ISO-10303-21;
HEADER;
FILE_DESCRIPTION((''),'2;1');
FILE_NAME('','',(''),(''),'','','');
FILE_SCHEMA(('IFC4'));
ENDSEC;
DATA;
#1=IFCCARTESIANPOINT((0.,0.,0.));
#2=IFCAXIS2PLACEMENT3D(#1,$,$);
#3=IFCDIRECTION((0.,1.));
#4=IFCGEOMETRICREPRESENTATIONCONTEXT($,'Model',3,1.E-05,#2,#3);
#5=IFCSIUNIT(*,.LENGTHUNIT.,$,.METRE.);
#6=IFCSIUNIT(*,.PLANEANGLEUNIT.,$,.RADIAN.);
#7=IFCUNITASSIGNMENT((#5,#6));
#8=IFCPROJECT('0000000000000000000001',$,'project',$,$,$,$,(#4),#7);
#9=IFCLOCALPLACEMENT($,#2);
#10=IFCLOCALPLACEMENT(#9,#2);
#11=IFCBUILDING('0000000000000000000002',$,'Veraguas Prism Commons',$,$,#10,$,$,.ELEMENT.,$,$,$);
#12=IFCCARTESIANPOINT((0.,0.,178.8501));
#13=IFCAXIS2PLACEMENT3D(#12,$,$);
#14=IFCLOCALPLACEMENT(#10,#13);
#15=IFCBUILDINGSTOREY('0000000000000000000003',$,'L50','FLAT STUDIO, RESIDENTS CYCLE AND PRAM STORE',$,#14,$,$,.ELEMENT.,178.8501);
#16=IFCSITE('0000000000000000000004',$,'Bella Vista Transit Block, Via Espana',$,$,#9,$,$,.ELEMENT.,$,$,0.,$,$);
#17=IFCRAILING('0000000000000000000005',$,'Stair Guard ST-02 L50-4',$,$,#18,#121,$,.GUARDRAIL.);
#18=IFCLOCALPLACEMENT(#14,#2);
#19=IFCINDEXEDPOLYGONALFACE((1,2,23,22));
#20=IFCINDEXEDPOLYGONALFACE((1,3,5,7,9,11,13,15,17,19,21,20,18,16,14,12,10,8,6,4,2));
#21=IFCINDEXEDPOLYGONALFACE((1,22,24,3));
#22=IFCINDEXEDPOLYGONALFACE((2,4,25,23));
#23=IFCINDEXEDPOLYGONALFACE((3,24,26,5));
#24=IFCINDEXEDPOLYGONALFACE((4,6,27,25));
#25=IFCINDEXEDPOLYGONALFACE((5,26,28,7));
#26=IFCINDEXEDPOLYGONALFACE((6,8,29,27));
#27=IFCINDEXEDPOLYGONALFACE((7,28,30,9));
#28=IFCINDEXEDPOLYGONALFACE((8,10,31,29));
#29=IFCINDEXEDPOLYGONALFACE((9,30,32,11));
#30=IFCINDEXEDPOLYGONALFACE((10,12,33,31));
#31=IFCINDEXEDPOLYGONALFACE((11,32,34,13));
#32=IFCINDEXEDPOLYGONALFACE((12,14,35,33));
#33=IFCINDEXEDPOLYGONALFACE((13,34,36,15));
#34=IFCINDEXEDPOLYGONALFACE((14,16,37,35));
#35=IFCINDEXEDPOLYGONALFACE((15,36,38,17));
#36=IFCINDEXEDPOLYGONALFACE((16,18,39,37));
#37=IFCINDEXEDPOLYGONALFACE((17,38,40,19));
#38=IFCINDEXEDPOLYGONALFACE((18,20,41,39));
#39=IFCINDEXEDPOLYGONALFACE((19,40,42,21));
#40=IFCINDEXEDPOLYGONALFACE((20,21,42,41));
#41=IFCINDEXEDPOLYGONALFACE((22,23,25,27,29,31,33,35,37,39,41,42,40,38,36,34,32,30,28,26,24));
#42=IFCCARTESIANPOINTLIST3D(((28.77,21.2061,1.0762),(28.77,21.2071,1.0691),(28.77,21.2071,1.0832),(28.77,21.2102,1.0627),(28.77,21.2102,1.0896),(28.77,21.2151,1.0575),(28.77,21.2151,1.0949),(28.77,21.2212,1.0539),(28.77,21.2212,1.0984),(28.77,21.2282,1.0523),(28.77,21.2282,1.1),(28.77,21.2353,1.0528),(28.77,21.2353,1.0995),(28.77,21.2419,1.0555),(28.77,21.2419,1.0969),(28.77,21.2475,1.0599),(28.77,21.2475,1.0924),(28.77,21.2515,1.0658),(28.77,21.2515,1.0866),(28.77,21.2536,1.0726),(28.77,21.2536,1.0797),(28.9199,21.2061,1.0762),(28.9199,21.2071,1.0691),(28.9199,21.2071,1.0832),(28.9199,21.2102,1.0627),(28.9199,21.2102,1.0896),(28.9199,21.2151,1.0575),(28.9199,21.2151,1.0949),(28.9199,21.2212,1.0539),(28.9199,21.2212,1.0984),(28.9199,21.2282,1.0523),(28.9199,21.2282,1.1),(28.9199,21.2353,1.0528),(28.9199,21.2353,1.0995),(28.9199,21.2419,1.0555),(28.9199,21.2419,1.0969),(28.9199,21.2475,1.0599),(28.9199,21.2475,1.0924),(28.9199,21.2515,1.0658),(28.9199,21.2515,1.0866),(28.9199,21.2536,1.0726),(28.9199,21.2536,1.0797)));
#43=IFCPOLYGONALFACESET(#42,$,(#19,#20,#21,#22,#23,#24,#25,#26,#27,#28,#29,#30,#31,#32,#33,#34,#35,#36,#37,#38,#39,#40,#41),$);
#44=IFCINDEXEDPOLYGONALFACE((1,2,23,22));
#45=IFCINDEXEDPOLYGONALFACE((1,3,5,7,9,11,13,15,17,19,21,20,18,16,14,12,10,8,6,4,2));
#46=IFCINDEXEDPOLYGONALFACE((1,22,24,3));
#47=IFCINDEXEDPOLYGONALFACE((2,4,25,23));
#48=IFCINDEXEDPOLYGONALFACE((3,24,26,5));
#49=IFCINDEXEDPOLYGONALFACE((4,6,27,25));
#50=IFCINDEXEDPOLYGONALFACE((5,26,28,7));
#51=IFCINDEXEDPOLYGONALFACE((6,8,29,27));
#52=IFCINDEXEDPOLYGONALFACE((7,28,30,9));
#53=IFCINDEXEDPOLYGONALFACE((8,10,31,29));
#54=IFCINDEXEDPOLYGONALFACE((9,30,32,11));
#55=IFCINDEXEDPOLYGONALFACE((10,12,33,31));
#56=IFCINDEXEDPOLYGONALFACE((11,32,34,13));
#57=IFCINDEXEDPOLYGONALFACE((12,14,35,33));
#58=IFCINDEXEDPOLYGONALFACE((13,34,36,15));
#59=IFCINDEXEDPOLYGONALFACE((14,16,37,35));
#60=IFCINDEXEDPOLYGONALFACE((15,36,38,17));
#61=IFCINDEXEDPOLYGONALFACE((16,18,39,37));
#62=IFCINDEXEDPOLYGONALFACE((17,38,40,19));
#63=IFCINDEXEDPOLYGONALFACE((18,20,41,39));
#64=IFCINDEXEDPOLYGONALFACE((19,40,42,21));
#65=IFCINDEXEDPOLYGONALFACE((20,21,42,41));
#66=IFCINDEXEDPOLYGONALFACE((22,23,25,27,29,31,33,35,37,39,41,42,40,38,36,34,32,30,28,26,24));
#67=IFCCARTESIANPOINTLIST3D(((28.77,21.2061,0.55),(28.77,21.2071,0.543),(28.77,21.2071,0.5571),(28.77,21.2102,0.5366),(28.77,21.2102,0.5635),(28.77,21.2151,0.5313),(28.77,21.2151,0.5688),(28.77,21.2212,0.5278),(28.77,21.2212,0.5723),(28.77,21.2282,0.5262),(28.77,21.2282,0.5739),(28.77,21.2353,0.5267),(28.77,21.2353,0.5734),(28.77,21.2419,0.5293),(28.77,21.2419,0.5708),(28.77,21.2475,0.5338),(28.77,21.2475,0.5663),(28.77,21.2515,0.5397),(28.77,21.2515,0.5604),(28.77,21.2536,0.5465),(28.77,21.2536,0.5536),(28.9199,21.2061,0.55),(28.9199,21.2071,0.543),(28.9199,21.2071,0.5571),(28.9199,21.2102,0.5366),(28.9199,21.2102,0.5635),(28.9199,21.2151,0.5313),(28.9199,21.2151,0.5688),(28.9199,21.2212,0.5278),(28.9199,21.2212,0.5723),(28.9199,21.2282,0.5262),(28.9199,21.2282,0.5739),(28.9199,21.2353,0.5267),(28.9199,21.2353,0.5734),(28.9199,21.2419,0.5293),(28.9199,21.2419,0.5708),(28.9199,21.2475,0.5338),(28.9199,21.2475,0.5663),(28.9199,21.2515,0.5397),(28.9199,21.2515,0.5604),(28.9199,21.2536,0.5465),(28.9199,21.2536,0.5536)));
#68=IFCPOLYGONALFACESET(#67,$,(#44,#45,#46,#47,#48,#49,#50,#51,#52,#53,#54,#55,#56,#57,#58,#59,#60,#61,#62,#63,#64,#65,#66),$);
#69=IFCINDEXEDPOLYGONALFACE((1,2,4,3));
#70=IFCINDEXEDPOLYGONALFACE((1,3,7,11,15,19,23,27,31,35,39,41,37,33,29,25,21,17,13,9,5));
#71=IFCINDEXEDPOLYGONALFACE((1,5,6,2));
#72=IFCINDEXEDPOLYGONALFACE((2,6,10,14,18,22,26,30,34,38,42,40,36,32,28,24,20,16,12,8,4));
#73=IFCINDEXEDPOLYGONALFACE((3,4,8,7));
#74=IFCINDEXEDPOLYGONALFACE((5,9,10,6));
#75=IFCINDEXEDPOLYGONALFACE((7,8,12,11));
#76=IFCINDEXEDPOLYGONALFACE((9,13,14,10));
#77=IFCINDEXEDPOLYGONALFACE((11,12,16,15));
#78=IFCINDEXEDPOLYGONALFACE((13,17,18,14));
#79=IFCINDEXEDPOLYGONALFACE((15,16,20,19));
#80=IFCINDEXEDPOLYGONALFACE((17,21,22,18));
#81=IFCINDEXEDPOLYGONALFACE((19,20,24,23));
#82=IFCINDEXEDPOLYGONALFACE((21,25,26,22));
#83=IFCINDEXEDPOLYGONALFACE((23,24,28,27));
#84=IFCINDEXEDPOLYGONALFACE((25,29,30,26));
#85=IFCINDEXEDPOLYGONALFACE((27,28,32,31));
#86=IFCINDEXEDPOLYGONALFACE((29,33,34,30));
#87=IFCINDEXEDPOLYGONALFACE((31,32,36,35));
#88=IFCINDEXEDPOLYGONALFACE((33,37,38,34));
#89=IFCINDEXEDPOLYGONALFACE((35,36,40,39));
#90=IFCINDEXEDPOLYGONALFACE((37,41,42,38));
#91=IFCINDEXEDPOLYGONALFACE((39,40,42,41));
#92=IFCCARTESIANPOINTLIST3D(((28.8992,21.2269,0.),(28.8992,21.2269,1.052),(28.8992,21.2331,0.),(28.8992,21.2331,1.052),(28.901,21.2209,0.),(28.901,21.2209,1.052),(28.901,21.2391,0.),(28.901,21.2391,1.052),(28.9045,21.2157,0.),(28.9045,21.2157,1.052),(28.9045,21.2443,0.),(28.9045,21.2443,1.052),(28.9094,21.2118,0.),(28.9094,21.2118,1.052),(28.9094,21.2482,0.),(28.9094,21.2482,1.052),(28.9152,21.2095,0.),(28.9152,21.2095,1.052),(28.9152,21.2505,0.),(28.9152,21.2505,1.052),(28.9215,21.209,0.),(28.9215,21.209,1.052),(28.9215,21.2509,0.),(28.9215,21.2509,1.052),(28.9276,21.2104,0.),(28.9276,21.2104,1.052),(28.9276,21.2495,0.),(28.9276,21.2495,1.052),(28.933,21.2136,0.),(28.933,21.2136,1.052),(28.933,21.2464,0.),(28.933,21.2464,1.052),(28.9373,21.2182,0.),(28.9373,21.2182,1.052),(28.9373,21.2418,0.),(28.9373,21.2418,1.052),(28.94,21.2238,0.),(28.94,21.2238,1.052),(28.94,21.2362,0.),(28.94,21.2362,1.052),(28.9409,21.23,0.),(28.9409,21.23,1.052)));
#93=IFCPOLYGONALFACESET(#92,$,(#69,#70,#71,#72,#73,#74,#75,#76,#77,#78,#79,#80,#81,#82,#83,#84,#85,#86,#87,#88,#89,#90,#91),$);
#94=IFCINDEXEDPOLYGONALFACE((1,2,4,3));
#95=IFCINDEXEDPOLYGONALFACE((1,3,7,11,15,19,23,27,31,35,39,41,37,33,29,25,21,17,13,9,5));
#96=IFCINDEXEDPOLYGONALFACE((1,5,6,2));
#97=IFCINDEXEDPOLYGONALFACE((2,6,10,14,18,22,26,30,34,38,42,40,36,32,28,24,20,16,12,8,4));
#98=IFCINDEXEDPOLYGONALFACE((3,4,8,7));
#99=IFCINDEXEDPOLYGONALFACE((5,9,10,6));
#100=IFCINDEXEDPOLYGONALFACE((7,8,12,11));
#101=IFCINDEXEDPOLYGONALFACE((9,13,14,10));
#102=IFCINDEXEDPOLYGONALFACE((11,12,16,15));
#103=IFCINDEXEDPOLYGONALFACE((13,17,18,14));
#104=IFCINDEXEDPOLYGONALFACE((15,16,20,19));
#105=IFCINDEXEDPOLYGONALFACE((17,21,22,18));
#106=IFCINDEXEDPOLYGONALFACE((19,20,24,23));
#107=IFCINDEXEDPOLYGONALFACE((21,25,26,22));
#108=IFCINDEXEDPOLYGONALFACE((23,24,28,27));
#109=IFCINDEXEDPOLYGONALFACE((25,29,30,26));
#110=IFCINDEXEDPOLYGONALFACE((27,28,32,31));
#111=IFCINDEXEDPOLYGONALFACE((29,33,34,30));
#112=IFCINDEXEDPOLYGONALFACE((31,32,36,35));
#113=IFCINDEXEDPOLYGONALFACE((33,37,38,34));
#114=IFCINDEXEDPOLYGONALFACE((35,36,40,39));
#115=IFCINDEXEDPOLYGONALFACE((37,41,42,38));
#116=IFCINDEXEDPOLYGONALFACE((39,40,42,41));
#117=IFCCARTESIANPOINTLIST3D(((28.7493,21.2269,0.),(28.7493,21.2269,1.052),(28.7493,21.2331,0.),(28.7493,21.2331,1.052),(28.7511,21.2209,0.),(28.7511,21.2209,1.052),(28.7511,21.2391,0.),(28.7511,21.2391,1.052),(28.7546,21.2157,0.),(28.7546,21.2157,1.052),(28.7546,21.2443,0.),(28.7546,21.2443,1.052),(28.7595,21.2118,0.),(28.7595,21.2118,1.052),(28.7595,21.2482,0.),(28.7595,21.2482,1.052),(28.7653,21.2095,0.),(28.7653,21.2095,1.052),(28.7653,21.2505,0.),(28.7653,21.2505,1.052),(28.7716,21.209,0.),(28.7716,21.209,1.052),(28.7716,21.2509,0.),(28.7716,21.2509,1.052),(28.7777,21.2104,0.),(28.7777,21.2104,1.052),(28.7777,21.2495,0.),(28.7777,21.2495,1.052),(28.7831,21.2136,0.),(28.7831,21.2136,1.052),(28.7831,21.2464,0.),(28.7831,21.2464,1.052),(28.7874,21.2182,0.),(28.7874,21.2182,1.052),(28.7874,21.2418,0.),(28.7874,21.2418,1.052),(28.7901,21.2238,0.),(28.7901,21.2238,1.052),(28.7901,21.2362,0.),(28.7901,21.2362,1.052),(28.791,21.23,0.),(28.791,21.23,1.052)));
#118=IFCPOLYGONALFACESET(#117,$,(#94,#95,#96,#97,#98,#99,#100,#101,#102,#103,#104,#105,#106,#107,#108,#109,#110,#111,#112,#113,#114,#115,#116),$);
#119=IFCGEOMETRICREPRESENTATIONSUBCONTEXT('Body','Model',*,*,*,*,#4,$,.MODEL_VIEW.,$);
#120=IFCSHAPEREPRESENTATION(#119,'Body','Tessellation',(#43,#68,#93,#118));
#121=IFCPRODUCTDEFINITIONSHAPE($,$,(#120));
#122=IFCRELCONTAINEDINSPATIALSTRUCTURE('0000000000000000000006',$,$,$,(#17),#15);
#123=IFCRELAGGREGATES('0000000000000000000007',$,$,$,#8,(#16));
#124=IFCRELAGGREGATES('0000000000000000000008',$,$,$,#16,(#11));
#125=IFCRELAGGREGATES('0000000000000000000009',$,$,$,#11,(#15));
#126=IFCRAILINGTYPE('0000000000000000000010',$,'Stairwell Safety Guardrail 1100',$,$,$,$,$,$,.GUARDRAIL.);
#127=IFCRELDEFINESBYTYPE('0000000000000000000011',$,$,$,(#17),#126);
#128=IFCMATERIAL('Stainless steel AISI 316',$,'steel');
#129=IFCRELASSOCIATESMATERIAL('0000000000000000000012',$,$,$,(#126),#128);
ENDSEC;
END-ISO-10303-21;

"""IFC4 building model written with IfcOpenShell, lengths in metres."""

from ifc_helpers import new_model, si_unit, direction, frame, origin, origin_2d, place, context, subcontext, project, spatial, circle, extrude, material, type_object, element, save


model = new_model("IFC4")

# Units and contexts
model_context = context("Model", 3, precision=1e-05, world=origin(), true_north=direction((0.0, 1.0)))
body_context = subcontext(model_context, "Body", "Model", "MODEL_VIEW")
ifc_project = project(units=[si_unit("LENGTHUNIT", "METRE"), si_unit("PLANEANGLEUNIT", "RADIAN")], contexts=[model_context])

# Site, building, storey
site_placement = place(None, origin())
site = spatial("IfcSite", under=ifc_project, at=site_placement, Name="Bella Vista Transit Block, Via Espana", CompositionType="ELEMENT", RefElevation=0.0)
building_placement = place(site_placement, origin())
building = spatial("IfcBuilding", under=site, at=building_placement, Name="Veraguas Prism Commons", CompositionType="ELEMENT")
storey_placement = place(building_placement, frame((0.0, 0.0, 178.8501)))
storey = spatial("IfcBuildingStorey", under=building, at=storey_placement, Name="L50", Description="FLAT STUDIO, RESIDENTS CYCLE AND PRAM STORE", CompositionType="ELEMENT", Elevation=178.8501)

# Shared definitions
ifc_material_1 = material(Name="Stainless steel AISI 316", Category="steel")

# Railing
railing_type = type_object("IfcRailingType", Name="Stairwell Safety Guardrail 1100", PredefinedType="GUARDRAIL", material=ifc_material_1)
railing_1_placement = place(storey_placement, frame((28.9199, 21.23, 0.0)))
element("IfcRailing", 1, at=railing_1_placement, inside=storey, type_object=railing_type, Name="Stair Guard ST-02 L50-4", PredefinedType="GUARDRAIL", context=body_context, shape_type="SweptSolid", body=[
    extrude(circle(Radius=0.0239, at=origin_2d()), frame((0.0, 0.0, 1.0762), z_axis=(-1.0, 0.0, 0.0), x_axis=(0.0, -1.0, 0.0)), (0.0, 0.0, 1.0), 0.1499),
    extrude(circle(Radius=0.0239, at=origin_2d()), frame((0.0, 0.0, 0.55), z_axis=(-1.0, 0.0, 0.0), x_axis=(0.0, -1.0, 0.0)), (0.0, 0.0, 1.0), 0.1499),
    extrude(circle(Radius=0.021, at=origin_2d()), origin(), (0.0, 0.0, 1.0), 1.052),
    extrude(circle(Radius=0.021, at=origin_2d()), frame((-0.1499, 0.0, 0.0)), (0.0, 0.0, 1.0), 1.052),
])

save(model, "model.ifc")
